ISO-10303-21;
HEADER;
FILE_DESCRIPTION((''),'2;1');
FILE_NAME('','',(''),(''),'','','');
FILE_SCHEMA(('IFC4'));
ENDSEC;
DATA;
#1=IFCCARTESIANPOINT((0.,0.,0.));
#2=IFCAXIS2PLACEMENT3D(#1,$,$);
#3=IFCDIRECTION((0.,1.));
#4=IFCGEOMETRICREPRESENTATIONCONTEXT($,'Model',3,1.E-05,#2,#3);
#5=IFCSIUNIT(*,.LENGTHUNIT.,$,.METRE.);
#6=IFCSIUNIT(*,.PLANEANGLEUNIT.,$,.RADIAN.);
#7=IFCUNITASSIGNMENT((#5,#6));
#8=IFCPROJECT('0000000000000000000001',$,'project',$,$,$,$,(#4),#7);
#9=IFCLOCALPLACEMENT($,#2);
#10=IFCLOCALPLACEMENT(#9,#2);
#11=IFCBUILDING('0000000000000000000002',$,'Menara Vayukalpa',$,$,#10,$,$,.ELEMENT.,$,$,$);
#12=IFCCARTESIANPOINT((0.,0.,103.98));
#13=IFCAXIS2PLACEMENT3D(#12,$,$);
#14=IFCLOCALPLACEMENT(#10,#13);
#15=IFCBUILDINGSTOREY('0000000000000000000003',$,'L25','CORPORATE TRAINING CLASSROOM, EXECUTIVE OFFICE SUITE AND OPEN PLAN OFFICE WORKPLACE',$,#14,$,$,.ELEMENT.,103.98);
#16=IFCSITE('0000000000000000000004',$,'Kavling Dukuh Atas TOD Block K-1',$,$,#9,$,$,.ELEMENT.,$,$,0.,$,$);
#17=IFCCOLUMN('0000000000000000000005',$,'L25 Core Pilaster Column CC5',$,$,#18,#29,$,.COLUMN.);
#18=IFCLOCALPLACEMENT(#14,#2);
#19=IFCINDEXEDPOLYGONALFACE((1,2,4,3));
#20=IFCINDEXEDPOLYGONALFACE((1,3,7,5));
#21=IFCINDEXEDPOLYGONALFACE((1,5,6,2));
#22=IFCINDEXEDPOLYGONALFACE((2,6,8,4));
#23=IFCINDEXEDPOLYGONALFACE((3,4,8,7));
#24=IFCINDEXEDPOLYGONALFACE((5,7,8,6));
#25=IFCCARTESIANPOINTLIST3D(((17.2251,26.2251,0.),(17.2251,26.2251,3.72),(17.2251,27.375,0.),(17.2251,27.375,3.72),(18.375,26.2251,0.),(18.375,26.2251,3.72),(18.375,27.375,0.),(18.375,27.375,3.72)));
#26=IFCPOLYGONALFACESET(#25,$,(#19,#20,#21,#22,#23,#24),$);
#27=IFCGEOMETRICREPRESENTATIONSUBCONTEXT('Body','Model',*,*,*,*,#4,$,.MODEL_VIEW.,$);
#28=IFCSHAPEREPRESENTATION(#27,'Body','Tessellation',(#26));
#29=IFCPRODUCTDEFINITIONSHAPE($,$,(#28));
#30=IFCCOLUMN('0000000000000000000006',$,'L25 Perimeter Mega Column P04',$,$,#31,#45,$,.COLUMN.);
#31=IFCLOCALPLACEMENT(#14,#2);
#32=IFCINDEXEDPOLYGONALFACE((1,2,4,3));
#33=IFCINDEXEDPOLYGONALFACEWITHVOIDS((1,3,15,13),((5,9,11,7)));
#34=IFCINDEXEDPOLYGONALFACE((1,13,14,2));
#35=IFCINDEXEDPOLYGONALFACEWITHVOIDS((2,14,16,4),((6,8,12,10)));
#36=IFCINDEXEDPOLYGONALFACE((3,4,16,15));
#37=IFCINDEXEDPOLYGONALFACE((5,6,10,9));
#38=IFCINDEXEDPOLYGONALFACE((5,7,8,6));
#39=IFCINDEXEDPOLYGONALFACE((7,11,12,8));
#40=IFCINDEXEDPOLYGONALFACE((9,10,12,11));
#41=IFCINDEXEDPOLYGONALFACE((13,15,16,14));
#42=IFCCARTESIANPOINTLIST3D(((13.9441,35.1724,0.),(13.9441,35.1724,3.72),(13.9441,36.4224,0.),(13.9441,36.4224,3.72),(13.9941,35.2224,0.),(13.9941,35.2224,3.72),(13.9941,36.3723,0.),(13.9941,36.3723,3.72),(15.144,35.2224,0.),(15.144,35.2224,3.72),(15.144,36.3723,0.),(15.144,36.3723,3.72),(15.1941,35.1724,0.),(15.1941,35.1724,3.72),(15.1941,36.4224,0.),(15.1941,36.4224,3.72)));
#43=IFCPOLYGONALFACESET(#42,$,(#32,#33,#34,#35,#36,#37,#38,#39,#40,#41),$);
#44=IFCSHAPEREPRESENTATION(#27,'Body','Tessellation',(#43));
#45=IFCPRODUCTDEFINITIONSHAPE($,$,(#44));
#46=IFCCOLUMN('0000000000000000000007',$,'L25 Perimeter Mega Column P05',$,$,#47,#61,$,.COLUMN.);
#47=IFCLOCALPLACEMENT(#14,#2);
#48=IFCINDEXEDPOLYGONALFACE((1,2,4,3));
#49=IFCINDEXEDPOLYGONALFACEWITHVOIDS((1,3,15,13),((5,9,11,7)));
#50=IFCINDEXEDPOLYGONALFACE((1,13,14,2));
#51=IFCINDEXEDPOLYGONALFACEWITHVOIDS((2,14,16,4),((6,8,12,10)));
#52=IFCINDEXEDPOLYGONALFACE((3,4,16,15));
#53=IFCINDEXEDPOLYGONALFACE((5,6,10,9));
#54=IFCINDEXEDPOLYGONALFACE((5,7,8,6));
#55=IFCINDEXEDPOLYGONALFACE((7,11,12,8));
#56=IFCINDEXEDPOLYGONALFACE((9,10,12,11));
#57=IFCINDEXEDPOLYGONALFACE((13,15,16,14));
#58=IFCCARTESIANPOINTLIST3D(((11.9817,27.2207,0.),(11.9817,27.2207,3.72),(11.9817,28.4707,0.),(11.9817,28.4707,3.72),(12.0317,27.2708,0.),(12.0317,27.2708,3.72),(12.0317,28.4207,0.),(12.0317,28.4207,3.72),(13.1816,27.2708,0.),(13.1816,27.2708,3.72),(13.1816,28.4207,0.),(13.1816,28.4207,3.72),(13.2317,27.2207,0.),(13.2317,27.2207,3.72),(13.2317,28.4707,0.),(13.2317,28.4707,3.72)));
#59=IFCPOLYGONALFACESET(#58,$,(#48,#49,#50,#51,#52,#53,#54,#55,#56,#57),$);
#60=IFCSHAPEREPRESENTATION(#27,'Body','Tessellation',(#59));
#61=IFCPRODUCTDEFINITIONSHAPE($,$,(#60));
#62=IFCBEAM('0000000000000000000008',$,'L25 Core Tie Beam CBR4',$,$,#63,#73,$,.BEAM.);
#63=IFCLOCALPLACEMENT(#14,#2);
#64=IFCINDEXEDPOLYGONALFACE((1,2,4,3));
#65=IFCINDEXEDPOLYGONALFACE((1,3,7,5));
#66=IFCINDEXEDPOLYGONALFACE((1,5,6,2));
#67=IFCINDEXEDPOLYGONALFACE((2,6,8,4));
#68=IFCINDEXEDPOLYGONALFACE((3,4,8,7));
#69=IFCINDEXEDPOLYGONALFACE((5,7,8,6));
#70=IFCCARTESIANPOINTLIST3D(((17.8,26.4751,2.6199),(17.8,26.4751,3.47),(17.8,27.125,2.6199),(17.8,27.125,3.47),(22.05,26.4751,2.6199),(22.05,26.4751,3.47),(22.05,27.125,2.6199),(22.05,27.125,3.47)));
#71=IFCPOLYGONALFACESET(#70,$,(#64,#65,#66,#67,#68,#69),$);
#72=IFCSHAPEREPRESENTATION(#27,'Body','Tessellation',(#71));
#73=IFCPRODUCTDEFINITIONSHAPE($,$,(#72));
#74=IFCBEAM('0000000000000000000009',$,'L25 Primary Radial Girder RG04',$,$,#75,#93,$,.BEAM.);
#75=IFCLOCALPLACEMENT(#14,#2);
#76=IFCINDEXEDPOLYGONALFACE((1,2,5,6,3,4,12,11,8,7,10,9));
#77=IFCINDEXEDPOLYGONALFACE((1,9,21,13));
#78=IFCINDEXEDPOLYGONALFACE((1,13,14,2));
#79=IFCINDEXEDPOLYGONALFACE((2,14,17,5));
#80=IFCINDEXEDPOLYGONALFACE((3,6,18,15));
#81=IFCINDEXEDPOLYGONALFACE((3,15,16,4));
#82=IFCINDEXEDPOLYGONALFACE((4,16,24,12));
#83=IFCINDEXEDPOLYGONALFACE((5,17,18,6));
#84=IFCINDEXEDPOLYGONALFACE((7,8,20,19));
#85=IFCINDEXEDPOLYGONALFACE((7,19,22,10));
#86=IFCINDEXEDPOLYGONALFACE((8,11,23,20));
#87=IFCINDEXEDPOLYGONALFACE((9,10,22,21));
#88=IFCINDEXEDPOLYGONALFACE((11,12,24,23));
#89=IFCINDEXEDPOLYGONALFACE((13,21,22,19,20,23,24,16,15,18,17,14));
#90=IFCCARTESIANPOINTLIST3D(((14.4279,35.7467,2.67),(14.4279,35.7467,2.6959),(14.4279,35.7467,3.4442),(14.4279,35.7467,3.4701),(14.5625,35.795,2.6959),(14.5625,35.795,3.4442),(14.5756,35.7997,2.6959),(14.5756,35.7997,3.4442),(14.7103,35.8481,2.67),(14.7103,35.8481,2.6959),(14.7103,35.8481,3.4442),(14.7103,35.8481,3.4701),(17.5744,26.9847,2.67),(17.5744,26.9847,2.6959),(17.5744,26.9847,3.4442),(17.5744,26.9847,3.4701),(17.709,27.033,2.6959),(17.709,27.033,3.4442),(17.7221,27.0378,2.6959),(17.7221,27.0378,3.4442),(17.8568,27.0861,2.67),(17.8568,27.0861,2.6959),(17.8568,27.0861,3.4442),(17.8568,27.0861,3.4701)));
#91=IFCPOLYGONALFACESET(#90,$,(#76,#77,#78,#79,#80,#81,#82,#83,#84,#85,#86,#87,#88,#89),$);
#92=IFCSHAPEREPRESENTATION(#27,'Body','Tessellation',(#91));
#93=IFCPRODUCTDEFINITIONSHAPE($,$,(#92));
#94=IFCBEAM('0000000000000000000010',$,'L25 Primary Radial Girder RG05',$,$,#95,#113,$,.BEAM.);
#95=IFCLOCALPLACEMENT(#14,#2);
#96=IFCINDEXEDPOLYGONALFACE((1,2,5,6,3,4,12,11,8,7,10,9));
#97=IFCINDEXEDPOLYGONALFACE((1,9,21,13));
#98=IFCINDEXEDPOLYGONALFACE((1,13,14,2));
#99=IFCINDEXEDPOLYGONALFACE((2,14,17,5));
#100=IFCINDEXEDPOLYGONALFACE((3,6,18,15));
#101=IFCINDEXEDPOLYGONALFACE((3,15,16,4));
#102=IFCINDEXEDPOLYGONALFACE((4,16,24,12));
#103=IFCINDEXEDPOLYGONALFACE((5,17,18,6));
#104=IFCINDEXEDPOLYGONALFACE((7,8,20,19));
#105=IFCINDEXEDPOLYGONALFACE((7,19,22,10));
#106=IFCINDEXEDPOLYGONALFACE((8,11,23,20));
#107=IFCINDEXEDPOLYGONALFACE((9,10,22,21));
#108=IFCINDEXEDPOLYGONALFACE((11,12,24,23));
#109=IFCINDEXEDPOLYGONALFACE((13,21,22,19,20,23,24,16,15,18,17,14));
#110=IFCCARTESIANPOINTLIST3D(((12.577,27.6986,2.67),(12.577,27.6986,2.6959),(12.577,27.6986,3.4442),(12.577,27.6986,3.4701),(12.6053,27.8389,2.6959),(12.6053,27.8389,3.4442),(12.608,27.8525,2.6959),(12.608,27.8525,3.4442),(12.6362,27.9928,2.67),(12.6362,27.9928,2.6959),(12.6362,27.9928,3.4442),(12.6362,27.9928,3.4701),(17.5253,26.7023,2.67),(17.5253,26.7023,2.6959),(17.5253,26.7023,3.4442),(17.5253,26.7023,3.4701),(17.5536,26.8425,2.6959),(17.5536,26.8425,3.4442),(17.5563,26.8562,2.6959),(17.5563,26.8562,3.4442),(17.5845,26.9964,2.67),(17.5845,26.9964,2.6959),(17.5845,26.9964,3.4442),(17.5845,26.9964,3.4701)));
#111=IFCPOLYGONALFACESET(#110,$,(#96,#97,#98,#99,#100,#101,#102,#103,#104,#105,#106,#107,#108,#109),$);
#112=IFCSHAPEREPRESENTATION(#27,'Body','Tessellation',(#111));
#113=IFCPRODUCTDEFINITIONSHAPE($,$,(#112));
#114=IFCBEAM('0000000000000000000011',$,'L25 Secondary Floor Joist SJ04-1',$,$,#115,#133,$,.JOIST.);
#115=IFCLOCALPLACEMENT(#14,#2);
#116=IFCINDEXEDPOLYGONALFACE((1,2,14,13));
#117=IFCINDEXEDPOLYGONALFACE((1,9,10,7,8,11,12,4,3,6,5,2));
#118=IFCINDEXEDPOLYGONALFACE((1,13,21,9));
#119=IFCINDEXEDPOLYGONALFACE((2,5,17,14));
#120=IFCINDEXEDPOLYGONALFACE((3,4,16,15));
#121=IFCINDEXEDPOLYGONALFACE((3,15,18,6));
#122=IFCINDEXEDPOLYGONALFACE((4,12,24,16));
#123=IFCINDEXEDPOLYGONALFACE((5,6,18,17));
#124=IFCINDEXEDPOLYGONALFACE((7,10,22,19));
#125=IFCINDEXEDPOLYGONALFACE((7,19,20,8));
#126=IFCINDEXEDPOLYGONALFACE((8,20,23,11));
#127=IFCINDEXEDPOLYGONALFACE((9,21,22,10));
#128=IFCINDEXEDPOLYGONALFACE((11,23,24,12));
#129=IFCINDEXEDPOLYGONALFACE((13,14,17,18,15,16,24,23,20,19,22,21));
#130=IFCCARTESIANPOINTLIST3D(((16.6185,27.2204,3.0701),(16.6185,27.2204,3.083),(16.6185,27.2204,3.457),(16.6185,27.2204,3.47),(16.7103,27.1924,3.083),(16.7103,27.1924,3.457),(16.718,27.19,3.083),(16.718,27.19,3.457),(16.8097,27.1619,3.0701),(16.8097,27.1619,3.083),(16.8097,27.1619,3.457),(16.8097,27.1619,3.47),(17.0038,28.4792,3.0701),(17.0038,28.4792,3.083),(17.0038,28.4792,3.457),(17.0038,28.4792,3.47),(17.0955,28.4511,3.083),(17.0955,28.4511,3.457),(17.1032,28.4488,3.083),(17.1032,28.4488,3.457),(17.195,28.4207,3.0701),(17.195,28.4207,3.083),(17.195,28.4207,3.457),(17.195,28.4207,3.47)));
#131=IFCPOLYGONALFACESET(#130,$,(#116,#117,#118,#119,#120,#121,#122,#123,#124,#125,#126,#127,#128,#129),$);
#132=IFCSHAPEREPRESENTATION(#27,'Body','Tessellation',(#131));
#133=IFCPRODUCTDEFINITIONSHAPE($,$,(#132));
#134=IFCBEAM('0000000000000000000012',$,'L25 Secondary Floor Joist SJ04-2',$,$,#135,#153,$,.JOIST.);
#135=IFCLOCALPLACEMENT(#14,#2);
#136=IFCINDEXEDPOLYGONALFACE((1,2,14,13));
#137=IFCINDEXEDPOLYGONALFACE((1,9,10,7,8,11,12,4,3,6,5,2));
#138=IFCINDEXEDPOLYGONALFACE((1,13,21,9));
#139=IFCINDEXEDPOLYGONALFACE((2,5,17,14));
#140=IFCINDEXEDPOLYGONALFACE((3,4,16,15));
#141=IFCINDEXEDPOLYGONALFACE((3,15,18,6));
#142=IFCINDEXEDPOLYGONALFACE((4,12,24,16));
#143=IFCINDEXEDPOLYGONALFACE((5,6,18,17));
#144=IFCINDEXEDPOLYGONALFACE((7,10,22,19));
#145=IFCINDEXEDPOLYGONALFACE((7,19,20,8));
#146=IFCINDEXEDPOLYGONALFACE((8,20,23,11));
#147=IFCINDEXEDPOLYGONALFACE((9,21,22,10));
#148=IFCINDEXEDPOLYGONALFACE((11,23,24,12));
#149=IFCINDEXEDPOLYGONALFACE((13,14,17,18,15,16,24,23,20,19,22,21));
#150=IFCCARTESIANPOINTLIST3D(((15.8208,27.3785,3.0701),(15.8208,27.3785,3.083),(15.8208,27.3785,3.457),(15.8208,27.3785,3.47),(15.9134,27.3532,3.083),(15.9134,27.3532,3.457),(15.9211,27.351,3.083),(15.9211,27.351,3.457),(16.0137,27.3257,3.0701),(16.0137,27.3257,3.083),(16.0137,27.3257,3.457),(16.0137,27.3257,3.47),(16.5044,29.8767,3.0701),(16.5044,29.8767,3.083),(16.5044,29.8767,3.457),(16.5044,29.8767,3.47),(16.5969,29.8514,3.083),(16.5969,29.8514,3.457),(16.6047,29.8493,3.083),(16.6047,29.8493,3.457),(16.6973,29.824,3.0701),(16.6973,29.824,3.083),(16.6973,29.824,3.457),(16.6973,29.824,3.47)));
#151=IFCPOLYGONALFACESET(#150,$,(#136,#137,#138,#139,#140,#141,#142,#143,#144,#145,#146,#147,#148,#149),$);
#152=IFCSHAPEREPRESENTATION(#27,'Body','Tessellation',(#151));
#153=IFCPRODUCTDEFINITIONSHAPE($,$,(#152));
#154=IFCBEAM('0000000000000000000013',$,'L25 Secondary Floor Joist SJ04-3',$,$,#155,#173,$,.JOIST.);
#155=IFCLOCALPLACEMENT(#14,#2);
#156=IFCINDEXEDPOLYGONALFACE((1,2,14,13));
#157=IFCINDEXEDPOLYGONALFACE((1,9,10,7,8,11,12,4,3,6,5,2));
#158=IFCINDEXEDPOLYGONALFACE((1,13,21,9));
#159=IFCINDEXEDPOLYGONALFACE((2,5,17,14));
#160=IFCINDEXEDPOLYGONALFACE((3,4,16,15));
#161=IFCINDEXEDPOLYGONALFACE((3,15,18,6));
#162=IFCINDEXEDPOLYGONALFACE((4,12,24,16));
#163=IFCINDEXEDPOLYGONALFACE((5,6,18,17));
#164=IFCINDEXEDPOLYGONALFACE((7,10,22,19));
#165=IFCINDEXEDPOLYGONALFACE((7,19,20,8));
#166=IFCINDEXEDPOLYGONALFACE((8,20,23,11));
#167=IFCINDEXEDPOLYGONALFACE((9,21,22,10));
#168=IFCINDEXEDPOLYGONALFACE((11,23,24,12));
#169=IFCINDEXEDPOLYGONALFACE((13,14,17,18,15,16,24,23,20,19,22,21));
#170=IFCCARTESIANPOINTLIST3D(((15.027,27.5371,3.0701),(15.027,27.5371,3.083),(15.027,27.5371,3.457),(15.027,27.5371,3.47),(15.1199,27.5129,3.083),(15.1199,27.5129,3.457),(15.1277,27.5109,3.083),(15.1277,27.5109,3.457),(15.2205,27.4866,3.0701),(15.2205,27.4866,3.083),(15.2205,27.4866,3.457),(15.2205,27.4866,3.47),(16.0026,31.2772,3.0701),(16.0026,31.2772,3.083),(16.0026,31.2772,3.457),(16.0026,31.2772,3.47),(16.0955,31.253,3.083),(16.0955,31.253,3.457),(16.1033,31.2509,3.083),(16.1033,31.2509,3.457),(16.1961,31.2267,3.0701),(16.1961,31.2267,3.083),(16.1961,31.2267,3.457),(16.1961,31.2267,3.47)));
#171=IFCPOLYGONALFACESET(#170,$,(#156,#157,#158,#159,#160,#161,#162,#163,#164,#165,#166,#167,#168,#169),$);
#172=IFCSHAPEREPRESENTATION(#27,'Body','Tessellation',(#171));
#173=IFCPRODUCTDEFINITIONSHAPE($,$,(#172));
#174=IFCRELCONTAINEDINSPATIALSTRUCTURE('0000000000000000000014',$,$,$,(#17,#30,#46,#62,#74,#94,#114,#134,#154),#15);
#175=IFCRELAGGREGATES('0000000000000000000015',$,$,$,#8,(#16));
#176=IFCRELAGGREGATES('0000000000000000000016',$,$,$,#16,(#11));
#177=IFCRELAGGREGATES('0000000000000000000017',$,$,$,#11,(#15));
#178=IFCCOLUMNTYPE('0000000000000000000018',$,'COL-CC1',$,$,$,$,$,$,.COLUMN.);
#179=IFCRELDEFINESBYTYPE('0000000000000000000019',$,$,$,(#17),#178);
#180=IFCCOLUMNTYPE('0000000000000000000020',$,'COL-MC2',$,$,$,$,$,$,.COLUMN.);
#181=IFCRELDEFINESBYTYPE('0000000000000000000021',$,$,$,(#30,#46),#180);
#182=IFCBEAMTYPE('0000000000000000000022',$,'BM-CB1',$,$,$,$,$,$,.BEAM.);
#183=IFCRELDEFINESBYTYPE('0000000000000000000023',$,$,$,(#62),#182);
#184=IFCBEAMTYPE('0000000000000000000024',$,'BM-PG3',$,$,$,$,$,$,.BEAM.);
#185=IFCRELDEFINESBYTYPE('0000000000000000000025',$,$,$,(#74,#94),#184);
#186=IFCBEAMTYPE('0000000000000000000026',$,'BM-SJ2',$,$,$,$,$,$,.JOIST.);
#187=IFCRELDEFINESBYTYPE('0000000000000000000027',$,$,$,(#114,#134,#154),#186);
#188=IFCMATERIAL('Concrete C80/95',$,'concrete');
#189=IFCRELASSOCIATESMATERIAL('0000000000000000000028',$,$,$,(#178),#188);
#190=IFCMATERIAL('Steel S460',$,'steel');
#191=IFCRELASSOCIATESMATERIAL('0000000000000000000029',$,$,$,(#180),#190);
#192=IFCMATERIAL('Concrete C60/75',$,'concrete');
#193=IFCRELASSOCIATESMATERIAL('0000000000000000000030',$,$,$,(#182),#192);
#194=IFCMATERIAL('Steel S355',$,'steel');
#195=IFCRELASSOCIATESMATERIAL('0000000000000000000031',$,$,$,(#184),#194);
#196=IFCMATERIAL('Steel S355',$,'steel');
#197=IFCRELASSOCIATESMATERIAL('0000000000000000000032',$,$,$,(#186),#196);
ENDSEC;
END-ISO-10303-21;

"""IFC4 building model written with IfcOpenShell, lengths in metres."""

from ifc_helpers import new_model, si_unit, direction, frame, origin, origin_2d, place, context, subcontext, project, spatial, rectangle, hollow_rectangle, i_section, extrude, material, material_profile, profile_set, type_object, element, save


model = new_model("IFC4")

# Units and contexts
model_context = context("Model", 3, precision=1e-05, world=origin(), true_north=direction((0.0, 1.0)))
body_context = subcontext(model_context, "Body", "Model", "MODEL_VIEW")
ifc_project = project(units=[si_unit("LENGTHUNIT", "METRE"), si_unit("PLANEANGLEUNIT", "RADIAN")], contexts=[model_context])

# Site, building, storey
site_placement = place(None, origin())
site = spatial("IfcSite", under=ifc_project, at=site_placement, Name="Kavling Dukuh Atas TOD Block K-1", CompositionType="ELEMENT", RefElevation=0.0)
building_placement = place(site_placement, origin())
building = spatial("IfcBuilding", under=site, at=building_placement, Name="Menara Vayukalpa", CompositionType="ELEMENT")
storey_placement = place(building_placement, frame((0.0, 0.0, 103.98)))
storey = spatial("IfcBuildingStorey", under=building, at=storey_placement, Name="L25", Description="CORPORATE TRAINING CLASSROOM, EXECUTIVE OFFICE SUITE AND OPEN PLAN OFFICE WORKPLACE", CompositionType="ELEMENT", Elevation=103.98)

# Columns
ifc_material_1 = material(Name="Concrete C80/95", Category="concrete")
ifc_material_profile_1 = material_profile(ifc_material_1, rectangle(XDim=1.1499, YDim=1.1499, at=origin_2d()), Name="RC 1150x1150")
ifc_profile_set_1 = profile_set([ifc_material_profile_1], Name="Concrete C80/95")
column_type_1 = type_object("IfcColumnType", Name="COL-CC1", PredefinedType="COLUMN", material=ifc_profile_set_1)
column_placement = place(storey_placement, frame((17.8, 26.8, 0.0), z_axis=(0.0, 0.0, 1.0), x_axis=(1.0, 0.0, 0.0)))
element("IfcColumn", 1, at=column_placement, inside=storey, type_object=column_type_1, Name="L25 Core Pilaster Column CC5", PredefinedType="COLUMN", context=body_context, shape_type="SweptSolid", body=[
    extrude(rectangle(XDim=1.1499, YDim=1.1499, at=origin_2d()), origin(), (0.0, 0.0, 1.0), 3.72),
])
ifc_material_2 = material(Name="Steel S460", Category="steel")
ifc_material_profile_2 = material_profile(ifc_material_2, hollow_rectangle(XDim=1.25, YDim=1.25, WallThickness=0.05, at=origin_2d()), Name="BOX 1250x1250x50")
ifc_profile_set_2 = profile_set([ifc_material_profile_2], Name="Steel S460")
column_type_2 = type_object("IfcColumnType", Name="COL-MC2", PredefinedType="COLUMN", material=ifc_profile_set_2)
for number, where, z_axis, x_axis, name in (
    (2, (14.5691, 35.7974, 0.0), (0.0, 0.0, 1.0), (1.0, 0.0, 0.0), "L25 Perimeter Mega Column P04"),
    (3, (12.6067, 27.8457, 0.0), (0.0, 0.0, 1.0), (1.0, 0.0, 0.0), "L25 Perimeter Mega Column P05"),
):
    element("IfcColumn", number, at=place(storey_placement, frame(where, z_axis=z_axis, x_axis=x_axis)), inside=storey, type_object=column_type_2, Name=name, PredefinedType="COLUMN", context=body_context, shape_type="SweptSolid", body=[
        extrude(hollow_rectangle(XDim=1.25, YDim=1.25, WallThickness=0.05, at=origin_2d()), origin(), (0.0, 0.0, 1.0), 3.72),
    ])

# Beams
ifc_material_3 = material(Name="Concrete C60/75", Category="concrete")
ifc_material_profile_3 = material_profile(ifc_material_3, rectangle(XDim=0.6499, YDim=0.8501, at=origin_2d()), Name="RC 650x850")
ifc_profile_set_3 = profile_set([ifc_material_profile_3], Name="Concrete C60/75")
beam_type_1 = type_object("IfcBeamType", Name="BM-CB1", PredefinedType="BEAM", material=ifc_profile_set_3)
beam_1_placement = place(storey_placement, frame((17.8, 26.8, 3.0449), z_axis=(1.0, 0.0, 0.0), x_axis=(0.0, 1.0, 0.0)))
element("IfcBeam", 4, at=beam_1_placement, inside=storey, type_object=beam_type_1, Name="L25 Core Tie Beam CBR4", PredefinedType="BEAM", context=body_context, shape_type="SweptSolid", body=[
    extrude(rectangle(XDim=0.6499, YDim=0.8501, at=origin_2d()), origin(), (0.0, 0.0, 1.0), 4.25),
])
ifc_material_4 = material(Name="Steel S355", Category="steel")
ifc_material_profile_4 = material_profile(ifc_material_4, i_section(OverallWidth=0.3, OverallDepth=0.8, WebThickness=0.0139, FlangeThickness=0.0259, at=origin_2d()), Name="WF 800x300x14x26")
ifc_profile_set_4 = profile_set([ifc_material_profile_4], Name="Steel S355")
beam_type_2 = type_object("IfcBeamType", Name="BM-PG3", PredefinedType="BEAM", material=ifc_profile_set_4)
beam_2_placement = place(storey_placement, frame((17.7156, 27.0354, 3.0701), z_axis=(-0.337976, 0.941155, 0.0), x_axis=(-0.941155, -0.337976, 0.0)))
element("IfcBeam", 5, at=beam_2_placement, inside=storey, type_object=beam_type_2, Name="L25 Primary Radial Girder RG04", PredefinedType="BEAM", context=body_context, shape_type="SweptSolid", body=[
    extrude(i_section(OverallWidth=0.3, OverallDepth=0.8, WebThickness=0.0139, FlangeThickness=0.0259, at=origin_2d()), origin(), (0.0, 0.0, 1.0), 9.3098),
])
beam_3_placement = place(storey_placement, frame((17.5549, 26.8494, 3.0701), z_axis=(-0.980325, 0.19739, 0.0), x_axis=(-0.19739, -0.980325, 0.0)))
element("IfcBeam", 6, at=beam_3_placement, inside=storey, type_object=beam_type_2, Name="L25 Primary Radial Girder RG05", PredefinedType="BEAM", context=body_context, shape_type="SweptSolid", body=[
    extrude(i_section(OverallWidth=0.3, OverallDepth=0.8, WebThickness=0.0139, FlangeThickness=0.0259, at=origin_2d()), origin(), (0.0, 0.0, 1.0), 5.0476),
])
ifc_material_5 = material(Name="Steel S355", Category="steel")
ifc_material_profile_5 = material_profile(ifc_material_5, i_section(OverallWidth=0.2, OverallDepth=0.3999, WebThickness=0.0081, FlangeThickness=0.0129, at=origin_2d()), Name="WF 400x200x8x13")
ifc_profile_set_5 = profile_set([ifc_material_profile_5], Name="Steel S355")
beam_type_3 = type_object("IfcBeamType", Name="BM-SJ2", PredefinedType="JOIST", material=ifc_profile_set_5)
beam_4_placement = place(storey_placement, frame((17.0994, 28.45, 3.27), z_axis=(-0.292652, -0.956219, 0.0), x_axis=(0.956219, -0.292652, 0.0)))
element("IfcBeam", 7, at=beam_4_placement, inside=storey, type_object=beam_type_3, Name="L25 Secondary Floor Joist SJ04-1", PredefinedType="JOIST", context=body_context, shape_type="SweptSolid", body=[
    extrude(i_section(OverallWidth=0.2, OverallDepth=0.3999, WebThickness=0.0081, FlangeThickness=0.0129, at=origin_2d()), origin(), (0.0, 0.0, 1.0), 1.3164),
])
beam_5_placement = place(storey_placement, frame((16.6008, 29.8503, 3.27), z_axis=(-0.263923, -0.964544, 0.0), x_axis=(0.964544, -0.263923, 0.0)))
element("IfcBeam", 8, at=beam_5_placement, inside=storey, type_object=beam_type_3, Name="L25 Secondary Floor Joist SJ04-2", PredefinedType="JOIST", context=body_context, shape_type="SweptSolid", body=[
    extrude(i_section(OverallWidth=0.2, OverallDepth=0.3999, WebThickness=0.0081, FlangeThickness=0.0129, at=origin_2d()), origin(), (0.0, 0.0, 1.0), 2.5901),
])
beam_6_placement = place(storey_placement, frame((16.0994, 31.252, 3.27), z_axis=(-0.252406, -0.967621, 0.0), x_axis=(0.967621, -0.252406, 0.0)))
element("IfcBeam", 9, at=beam_6_placement, inside=storey, type_object=beam_type_3, Name="L25 Secondary Floor Joist SJ04-3", PredefinedType="JOIST", context=body_context, shape_type="SweptSolid", body=[
    extrude(i_section(OverallWidth=0.2, OverallDepth=0.3999, WebThickness=0.0081, FlangeThickness=0.0129, at=origin_2d()), origin(), (0.0, 0.0, 1.0), 3.8652),
])

save(model, "model.ifc")
